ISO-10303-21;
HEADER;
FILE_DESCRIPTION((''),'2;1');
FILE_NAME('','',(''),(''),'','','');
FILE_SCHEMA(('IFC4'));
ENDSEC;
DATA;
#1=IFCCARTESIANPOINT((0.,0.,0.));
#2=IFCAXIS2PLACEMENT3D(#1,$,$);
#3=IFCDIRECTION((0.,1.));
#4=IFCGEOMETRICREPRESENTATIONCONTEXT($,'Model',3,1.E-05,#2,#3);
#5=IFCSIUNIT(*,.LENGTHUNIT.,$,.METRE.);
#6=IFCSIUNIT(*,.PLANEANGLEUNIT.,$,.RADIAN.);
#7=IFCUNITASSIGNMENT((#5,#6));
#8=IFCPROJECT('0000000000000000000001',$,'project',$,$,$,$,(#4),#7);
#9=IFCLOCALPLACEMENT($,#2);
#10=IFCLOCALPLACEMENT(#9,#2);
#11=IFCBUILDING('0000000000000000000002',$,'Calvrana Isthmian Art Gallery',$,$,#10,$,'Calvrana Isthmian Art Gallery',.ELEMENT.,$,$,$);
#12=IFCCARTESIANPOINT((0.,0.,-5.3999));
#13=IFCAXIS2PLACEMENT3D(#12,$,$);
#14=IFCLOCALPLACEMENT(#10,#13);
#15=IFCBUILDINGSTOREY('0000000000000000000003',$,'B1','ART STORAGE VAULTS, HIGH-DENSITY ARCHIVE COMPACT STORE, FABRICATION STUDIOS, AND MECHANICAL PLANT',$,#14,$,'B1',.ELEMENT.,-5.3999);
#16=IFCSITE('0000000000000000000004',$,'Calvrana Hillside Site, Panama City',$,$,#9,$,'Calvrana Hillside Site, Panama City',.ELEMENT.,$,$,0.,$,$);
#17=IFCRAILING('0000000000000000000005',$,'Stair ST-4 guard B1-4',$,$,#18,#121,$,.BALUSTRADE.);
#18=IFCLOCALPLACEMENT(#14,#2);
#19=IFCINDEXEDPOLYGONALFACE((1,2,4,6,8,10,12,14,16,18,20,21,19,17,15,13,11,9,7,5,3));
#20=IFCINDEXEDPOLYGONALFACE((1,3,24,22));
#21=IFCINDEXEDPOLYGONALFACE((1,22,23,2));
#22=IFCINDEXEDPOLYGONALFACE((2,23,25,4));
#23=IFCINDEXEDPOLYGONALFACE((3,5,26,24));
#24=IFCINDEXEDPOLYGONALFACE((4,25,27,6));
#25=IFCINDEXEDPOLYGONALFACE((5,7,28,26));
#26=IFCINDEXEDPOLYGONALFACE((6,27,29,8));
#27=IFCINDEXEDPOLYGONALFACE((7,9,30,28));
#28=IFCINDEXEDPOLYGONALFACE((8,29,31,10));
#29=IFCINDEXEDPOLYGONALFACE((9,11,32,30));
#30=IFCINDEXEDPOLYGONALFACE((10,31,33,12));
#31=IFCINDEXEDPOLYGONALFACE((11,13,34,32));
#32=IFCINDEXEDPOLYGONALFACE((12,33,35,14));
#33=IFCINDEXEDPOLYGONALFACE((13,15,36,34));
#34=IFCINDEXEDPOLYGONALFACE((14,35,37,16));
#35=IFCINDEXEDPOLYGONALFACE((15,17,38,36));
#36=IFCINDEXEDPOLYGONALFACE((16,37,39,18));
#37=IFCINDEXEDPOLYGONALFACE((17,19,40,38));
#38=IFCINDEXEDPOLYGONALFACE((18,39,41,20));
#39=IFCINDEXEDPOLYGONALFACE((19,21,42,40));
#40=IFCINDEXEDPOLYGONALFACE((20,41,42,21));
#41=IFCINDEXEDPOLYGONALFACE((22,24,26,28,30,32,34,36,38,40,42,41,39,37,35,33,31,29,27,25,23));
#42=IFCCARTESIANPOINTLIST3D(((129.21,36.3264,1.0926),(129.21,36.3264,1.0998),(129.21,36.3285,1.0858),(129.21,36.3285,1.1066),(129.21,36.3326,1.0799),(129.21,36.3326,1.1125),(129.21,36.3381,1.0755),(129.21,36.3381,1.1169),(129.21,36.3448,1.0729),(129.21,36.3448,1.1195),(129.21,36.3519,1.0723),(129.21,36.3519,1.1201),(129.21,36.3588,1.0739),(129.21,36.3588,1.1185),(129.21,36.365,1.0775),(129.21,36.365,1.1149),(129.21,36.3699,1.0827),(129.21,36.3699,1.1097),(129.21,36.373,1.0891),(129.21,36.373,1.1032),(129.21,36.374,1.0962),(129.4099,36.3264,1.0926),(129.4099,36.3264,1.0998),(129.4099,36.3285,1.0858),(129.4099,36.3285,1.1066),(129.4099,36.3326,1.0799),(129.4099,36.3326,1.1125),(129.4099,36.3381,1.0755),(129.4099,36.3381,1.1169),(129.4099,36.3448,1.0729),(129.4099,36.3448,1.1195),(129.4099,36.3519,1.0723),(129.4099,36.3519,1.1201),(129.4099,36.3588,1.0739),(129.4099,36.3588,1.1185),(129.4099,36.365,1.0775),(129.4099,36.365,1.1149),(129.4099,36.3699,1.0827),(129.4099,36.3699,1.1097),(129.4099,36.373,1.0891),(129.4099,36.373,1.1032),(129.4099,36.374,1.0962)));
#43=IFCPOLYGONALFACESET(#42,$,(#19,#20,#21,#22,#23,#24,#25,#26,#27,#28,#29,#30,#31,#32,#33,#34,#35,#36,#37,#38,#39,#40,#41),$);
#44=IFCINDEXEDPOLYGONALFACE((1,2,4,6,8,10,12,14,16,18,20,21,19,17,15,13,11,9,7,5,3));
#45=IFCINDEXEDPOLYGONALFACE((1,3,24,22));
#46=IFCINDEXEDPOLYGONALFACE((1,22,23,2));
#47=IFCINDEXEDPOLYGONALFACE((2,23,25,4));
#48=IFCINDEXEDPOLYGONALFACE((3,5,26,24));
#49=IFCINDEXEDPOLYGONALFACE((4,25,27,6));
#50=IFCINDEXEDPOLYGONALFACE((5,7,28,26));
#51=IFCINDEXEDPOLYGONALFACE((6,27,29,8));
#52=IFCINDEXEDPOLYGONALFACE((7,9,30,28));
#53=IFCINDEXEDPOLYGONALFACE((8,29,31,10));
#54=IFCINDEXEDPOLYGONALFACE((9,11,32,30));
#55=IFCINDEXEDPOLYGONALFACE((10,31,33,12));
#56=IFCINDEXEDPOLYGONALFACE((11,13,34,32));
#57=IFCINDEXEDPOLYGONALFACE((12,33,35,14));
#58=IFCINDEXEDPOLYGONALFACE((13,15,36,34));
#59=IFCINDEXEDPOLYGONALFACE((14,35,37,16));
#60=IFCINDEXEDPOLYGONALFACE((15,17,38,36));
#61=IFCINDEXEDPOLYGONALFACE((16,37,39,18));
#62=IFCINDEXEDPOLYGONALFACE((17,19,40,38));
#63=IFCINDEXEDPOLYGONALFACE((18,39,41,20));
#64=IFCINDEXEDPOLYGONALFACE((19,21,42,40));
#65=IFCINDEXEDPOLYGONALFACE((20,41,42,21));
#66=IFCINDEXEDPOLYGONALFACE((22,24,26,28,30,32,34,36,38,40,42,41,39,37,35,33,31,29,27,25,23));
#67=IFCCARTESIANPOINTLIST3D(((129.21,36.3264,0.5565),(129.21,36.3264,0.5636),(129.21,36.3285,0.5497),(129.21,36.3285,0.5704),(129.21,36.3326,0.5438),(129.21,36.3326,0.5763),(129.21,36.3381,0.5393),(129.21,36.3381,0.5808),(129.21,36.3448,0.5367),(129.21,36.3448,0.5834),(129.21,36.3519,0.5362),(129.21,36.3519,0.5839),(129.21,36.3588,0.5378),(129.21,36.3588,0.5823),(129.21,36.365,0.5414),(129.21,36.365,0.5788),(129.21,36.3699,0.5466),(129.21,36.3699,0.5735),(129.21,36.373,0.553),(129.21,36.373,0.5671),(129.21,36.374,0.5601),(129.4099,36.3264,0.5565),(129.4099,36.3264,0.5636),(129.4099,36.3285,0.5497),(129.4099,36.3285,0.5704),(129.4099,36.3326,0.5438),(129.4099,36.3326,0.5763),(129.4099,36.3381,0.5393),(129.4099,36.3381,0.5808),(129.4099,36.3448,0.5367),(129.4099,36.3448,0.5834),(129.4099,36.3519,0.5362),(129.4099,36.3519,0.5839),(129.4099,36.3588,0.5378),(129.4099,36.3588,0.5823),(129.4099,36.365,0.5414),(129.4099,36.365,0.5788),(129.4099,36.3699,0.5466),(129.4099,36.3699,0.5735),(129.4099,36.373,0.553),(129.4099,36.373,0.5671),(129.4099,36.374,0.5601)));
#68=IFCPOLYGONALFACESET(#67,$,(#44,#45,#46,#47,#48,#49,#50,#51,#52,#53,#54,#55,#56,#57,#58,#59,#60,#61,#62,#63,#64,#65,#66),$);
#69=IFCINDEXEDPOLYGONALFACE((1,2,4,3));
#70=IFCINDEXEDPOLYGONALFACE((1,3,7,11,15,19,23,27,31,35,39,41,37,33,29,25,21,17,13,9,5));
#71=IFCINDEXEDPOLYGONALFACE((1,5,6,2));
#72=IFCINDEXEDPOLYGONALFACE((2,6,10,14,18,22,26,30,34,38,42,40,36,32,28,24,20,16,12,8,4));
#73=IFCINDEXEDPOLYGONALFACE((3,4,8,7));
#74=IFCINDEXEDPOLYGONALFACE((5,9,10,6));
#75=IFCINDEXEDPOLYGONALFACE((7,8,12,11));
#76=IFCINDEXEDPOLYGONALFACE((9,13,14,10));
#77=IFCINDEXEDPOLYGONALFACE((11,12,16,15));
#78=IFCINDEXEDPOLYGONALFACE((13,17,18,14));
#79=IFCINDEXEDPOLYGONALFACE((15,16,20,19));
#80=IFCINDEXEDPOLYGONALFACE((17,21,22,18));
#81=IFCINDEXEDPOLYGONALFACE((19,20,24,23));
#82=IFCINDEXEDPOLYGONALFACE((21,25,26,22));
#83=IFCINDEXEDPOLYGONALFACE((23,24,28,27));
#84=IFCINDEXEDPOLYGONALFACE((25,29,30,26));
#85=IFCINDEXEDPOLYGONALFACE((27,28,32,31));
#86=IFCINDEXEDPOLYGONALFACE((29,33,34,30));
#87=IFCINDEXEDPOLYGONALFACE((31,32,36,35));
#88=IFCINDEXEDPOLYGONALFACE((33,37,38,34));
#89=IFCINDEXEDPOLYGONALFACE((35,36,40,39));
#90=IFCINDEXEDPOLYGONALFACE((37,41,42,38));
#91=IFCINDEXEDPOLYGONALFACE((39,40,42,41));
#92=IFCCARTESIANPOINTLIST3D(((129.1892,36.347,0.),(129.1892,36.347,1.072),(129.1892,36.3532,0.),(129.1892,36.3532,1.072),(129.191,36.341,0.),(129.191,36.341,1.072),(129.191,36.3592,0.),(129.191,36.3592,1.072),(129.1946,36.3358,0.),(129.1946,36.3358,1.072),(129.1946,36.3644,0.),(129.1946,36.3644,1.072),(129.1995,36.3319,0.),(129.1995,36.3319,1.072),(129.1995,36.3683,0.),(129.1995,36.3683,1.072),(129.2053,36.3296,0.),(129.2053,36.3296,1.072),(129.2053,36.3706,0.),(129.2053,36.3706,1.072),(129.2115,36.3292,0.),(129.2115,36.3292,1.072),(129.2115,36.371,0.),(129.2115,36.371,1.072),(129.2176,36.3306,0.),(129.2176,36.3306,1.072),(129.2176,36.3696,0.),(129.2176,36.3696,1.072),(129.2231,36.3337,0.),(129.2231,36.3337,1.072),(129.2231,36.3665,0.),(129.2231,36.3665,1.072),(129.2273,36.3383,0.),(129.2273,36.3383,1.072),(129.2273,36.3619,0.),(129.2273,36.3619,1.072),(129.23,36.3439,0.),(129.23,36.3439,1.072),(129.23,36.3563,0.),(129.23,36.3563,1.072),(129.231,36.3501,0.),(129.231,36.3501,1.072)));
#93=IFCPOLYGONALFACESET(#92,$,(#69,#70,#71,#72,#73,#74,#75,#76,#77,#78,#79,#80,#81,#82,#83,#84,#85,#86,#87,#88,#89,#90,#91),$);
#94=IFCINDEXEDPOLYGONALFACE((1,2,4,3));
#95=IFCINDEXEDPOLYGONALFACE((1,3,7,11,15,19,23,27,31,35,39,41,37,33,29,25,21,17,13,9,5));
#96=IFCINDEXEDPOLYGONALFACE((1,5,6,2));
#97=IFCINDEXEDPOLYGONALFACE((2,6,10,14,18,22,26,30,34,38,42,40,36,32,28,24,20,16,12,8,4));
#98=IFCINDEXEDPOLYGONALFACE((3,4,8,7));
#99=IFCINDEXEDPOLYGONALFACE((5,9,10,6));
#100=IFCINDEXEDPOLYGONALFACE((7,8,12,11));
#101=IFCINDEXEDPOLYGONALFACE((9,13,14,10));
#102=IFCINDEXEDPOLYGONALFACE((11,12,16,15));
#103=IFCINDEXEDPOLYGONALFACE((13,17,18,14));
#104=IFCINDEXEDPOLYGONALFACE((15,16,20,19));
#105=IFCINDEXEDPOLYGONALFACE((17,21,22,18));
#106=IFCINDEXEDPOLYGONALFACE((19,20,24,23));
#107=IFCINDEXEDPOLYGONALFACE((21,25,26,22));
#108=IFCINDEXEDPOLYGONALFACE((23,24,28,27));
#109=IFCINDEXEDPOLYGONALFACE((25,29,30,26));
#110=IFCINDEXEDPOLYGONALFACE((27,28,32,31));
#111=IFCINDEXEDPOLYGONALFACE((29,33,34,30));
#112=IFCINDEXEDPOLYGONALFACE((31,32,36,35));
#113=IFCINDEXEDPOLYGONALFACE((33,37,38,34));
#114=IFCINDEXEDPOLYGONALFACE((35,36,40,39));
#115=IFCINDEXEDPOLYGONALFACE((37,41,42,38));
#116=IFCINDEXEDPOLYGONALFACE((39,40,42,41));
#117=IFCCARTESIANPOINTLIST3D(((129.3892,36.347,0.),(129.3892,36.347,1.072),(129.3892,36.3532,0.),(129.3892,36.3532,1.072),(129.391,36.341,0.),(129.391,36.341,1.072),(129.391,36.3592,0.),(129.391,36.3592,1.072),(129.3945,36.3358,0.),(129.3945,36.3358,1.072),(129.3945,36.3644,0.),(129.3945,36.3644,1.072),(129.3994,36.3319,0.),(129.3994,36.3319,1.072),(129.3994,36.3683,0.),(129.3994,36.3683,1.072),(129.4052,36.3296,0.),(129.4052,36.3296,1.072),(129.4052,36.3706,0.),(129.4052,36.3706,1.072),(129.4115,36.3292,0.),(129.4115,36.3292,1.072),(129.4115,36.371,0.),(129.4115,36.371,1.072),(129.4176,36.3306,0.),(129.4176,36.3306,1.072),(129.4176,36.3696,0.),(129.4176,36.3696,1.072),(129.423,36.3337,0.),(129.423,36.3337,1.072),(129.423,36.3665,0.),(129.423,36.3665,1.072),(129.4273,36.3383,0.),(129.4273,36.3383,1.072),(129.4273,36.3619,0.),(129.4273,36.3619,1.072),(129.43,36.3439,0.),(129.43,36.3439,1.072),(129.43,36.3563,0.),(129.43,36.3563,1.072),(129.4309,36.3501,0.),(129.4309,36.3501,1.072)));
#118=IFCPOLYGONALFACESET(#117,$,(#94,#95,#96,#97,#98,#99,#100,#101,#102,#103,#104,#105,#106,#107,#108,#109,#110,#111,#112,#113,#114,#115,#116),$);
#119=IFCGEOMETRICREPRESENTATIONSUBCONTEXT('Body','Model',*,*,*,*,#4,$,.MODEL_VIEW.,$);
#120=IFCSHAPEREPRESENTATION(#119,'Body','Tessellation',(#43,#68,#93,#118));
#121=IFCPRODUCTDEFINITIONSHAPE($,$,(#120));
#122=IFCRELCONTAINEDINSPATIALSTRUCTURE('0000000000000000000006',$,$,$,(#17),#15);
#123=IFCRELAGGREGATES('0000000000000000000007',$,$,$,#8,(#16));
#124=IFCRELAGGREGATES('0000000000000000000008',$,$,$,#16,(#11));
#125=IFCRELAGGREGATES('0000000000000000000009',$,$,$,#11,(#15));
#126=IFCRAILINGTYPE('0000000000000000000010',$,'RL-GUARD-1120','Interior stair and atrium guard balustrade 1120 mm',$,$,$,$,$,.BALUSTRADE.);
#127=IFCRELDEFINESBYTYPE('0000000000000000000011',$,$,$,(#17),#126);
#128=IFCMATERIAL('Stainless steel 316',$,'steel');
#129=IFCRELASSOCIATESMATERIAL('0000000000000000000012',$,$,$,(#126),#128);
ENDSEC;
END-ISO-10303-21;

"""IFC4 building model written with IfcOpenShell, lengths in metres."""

from ifc_helpers import new_model, si_unit, direction, frame, origin, origin_2d, place, context, subcontext, project, spatial, circle, extrude, material, type_object, element, save


model = new_model("IFC4")

# Units and contexts
model_context = context("Model", 3, precision=1e-05, world=origin(), true_north=direction((0.0, 1.0)))
body_context = subcontext(model_context, "Body", "Model", "MODEL_VIEW")
ifc_project = project(units=[si_unit("LENGTHUNIT", "METRE"), si_unit("PLANEANGLEUNIT", "RADIAN")], contexts=[model_context])

# Site, building, storey
site_placement = place(None, origin())
site = spatial("IfcSite", under=ifc_project, at=site_placement, Name="Calvrana Hillside Site, Panama City", LongName="Calvrana Hillside Site, Panama City", CompositionType="ELEMENT", RefElevation=0.0)
building_placement = place(site_placement, origin())
building = spatial("IfcBuilding", under=site, at=building_placement, Name="Calvrana Isthmian Art Gallery", LongName="Calvrana Isthmian Art Gallery", CompositionType="ELEMENT")
storey_placement = place(building_placement, frame((0.0, 0.0, -5.3999)))
storey = spatial("IfcBuildingStorey", under=building, at=storey_placement, Name="B1", Description="ART STORAGE VAULTS, HIGH-DENSITY ARCHIVE COMPACT STORE, FABRICATION STUDIOS, AND MECHANICAL PLANT", LongName="B1", CompositionType="ELEMENT", Elevation=-5.3999)

# Shared definitions
ifc_material_1 = material(Name="Stainless steel 316", Category="steel")

# Railing
railing_type_1 = type_object("IfcRailingType", Name="RL-GUARD-1120", Description="Interior stair and atrium guard balustrade 1120 mm", PredefinedType="BALUSTRADE", material=ifc_material_1)
railing_1_placement = place(storey_placement, frame((129.21, 36.3501, 0.0)))
element("IfcRailing", 1, at=railing_1_placement, inside=storey, type_object=railing_type_1, Name="Stair ST-4 guard B1-4", PredefinedType="BALUSTRADE", context=body_context, shape_type="SweptSolid", body=[
    extrude(circle(Radius=0.0239, at=origin_2d()), frame((0.0, 0.0, 1.0962), z_axis=(1.0, 0.0, 0.0), x_axis=(0.0, 1.0, 0.0)), (0.0, 0.0, 1.0), 0.2),
    extrude(circle(Radius=0.0239, at=origin_2d()), frame((0.0, 0.0, 0.5601), z_axis=(1.0, 0.0, 0.0), x_axis=(0.0, 1.0, 0.0)), (0.0, 0.0, 1.0), 0.2),
    extrude(circle(Radius=0.021, at=origin_2d()), origin(), (0.0, 0.0, 1.0), 1.072),
    extrude(circle(Radius=0.021, at=origin_2d()), frame((0.2, 0.0, 0.0)), (0.0, 0.0, 1.0), 1.072),
])

save(model, "model.ifc")
